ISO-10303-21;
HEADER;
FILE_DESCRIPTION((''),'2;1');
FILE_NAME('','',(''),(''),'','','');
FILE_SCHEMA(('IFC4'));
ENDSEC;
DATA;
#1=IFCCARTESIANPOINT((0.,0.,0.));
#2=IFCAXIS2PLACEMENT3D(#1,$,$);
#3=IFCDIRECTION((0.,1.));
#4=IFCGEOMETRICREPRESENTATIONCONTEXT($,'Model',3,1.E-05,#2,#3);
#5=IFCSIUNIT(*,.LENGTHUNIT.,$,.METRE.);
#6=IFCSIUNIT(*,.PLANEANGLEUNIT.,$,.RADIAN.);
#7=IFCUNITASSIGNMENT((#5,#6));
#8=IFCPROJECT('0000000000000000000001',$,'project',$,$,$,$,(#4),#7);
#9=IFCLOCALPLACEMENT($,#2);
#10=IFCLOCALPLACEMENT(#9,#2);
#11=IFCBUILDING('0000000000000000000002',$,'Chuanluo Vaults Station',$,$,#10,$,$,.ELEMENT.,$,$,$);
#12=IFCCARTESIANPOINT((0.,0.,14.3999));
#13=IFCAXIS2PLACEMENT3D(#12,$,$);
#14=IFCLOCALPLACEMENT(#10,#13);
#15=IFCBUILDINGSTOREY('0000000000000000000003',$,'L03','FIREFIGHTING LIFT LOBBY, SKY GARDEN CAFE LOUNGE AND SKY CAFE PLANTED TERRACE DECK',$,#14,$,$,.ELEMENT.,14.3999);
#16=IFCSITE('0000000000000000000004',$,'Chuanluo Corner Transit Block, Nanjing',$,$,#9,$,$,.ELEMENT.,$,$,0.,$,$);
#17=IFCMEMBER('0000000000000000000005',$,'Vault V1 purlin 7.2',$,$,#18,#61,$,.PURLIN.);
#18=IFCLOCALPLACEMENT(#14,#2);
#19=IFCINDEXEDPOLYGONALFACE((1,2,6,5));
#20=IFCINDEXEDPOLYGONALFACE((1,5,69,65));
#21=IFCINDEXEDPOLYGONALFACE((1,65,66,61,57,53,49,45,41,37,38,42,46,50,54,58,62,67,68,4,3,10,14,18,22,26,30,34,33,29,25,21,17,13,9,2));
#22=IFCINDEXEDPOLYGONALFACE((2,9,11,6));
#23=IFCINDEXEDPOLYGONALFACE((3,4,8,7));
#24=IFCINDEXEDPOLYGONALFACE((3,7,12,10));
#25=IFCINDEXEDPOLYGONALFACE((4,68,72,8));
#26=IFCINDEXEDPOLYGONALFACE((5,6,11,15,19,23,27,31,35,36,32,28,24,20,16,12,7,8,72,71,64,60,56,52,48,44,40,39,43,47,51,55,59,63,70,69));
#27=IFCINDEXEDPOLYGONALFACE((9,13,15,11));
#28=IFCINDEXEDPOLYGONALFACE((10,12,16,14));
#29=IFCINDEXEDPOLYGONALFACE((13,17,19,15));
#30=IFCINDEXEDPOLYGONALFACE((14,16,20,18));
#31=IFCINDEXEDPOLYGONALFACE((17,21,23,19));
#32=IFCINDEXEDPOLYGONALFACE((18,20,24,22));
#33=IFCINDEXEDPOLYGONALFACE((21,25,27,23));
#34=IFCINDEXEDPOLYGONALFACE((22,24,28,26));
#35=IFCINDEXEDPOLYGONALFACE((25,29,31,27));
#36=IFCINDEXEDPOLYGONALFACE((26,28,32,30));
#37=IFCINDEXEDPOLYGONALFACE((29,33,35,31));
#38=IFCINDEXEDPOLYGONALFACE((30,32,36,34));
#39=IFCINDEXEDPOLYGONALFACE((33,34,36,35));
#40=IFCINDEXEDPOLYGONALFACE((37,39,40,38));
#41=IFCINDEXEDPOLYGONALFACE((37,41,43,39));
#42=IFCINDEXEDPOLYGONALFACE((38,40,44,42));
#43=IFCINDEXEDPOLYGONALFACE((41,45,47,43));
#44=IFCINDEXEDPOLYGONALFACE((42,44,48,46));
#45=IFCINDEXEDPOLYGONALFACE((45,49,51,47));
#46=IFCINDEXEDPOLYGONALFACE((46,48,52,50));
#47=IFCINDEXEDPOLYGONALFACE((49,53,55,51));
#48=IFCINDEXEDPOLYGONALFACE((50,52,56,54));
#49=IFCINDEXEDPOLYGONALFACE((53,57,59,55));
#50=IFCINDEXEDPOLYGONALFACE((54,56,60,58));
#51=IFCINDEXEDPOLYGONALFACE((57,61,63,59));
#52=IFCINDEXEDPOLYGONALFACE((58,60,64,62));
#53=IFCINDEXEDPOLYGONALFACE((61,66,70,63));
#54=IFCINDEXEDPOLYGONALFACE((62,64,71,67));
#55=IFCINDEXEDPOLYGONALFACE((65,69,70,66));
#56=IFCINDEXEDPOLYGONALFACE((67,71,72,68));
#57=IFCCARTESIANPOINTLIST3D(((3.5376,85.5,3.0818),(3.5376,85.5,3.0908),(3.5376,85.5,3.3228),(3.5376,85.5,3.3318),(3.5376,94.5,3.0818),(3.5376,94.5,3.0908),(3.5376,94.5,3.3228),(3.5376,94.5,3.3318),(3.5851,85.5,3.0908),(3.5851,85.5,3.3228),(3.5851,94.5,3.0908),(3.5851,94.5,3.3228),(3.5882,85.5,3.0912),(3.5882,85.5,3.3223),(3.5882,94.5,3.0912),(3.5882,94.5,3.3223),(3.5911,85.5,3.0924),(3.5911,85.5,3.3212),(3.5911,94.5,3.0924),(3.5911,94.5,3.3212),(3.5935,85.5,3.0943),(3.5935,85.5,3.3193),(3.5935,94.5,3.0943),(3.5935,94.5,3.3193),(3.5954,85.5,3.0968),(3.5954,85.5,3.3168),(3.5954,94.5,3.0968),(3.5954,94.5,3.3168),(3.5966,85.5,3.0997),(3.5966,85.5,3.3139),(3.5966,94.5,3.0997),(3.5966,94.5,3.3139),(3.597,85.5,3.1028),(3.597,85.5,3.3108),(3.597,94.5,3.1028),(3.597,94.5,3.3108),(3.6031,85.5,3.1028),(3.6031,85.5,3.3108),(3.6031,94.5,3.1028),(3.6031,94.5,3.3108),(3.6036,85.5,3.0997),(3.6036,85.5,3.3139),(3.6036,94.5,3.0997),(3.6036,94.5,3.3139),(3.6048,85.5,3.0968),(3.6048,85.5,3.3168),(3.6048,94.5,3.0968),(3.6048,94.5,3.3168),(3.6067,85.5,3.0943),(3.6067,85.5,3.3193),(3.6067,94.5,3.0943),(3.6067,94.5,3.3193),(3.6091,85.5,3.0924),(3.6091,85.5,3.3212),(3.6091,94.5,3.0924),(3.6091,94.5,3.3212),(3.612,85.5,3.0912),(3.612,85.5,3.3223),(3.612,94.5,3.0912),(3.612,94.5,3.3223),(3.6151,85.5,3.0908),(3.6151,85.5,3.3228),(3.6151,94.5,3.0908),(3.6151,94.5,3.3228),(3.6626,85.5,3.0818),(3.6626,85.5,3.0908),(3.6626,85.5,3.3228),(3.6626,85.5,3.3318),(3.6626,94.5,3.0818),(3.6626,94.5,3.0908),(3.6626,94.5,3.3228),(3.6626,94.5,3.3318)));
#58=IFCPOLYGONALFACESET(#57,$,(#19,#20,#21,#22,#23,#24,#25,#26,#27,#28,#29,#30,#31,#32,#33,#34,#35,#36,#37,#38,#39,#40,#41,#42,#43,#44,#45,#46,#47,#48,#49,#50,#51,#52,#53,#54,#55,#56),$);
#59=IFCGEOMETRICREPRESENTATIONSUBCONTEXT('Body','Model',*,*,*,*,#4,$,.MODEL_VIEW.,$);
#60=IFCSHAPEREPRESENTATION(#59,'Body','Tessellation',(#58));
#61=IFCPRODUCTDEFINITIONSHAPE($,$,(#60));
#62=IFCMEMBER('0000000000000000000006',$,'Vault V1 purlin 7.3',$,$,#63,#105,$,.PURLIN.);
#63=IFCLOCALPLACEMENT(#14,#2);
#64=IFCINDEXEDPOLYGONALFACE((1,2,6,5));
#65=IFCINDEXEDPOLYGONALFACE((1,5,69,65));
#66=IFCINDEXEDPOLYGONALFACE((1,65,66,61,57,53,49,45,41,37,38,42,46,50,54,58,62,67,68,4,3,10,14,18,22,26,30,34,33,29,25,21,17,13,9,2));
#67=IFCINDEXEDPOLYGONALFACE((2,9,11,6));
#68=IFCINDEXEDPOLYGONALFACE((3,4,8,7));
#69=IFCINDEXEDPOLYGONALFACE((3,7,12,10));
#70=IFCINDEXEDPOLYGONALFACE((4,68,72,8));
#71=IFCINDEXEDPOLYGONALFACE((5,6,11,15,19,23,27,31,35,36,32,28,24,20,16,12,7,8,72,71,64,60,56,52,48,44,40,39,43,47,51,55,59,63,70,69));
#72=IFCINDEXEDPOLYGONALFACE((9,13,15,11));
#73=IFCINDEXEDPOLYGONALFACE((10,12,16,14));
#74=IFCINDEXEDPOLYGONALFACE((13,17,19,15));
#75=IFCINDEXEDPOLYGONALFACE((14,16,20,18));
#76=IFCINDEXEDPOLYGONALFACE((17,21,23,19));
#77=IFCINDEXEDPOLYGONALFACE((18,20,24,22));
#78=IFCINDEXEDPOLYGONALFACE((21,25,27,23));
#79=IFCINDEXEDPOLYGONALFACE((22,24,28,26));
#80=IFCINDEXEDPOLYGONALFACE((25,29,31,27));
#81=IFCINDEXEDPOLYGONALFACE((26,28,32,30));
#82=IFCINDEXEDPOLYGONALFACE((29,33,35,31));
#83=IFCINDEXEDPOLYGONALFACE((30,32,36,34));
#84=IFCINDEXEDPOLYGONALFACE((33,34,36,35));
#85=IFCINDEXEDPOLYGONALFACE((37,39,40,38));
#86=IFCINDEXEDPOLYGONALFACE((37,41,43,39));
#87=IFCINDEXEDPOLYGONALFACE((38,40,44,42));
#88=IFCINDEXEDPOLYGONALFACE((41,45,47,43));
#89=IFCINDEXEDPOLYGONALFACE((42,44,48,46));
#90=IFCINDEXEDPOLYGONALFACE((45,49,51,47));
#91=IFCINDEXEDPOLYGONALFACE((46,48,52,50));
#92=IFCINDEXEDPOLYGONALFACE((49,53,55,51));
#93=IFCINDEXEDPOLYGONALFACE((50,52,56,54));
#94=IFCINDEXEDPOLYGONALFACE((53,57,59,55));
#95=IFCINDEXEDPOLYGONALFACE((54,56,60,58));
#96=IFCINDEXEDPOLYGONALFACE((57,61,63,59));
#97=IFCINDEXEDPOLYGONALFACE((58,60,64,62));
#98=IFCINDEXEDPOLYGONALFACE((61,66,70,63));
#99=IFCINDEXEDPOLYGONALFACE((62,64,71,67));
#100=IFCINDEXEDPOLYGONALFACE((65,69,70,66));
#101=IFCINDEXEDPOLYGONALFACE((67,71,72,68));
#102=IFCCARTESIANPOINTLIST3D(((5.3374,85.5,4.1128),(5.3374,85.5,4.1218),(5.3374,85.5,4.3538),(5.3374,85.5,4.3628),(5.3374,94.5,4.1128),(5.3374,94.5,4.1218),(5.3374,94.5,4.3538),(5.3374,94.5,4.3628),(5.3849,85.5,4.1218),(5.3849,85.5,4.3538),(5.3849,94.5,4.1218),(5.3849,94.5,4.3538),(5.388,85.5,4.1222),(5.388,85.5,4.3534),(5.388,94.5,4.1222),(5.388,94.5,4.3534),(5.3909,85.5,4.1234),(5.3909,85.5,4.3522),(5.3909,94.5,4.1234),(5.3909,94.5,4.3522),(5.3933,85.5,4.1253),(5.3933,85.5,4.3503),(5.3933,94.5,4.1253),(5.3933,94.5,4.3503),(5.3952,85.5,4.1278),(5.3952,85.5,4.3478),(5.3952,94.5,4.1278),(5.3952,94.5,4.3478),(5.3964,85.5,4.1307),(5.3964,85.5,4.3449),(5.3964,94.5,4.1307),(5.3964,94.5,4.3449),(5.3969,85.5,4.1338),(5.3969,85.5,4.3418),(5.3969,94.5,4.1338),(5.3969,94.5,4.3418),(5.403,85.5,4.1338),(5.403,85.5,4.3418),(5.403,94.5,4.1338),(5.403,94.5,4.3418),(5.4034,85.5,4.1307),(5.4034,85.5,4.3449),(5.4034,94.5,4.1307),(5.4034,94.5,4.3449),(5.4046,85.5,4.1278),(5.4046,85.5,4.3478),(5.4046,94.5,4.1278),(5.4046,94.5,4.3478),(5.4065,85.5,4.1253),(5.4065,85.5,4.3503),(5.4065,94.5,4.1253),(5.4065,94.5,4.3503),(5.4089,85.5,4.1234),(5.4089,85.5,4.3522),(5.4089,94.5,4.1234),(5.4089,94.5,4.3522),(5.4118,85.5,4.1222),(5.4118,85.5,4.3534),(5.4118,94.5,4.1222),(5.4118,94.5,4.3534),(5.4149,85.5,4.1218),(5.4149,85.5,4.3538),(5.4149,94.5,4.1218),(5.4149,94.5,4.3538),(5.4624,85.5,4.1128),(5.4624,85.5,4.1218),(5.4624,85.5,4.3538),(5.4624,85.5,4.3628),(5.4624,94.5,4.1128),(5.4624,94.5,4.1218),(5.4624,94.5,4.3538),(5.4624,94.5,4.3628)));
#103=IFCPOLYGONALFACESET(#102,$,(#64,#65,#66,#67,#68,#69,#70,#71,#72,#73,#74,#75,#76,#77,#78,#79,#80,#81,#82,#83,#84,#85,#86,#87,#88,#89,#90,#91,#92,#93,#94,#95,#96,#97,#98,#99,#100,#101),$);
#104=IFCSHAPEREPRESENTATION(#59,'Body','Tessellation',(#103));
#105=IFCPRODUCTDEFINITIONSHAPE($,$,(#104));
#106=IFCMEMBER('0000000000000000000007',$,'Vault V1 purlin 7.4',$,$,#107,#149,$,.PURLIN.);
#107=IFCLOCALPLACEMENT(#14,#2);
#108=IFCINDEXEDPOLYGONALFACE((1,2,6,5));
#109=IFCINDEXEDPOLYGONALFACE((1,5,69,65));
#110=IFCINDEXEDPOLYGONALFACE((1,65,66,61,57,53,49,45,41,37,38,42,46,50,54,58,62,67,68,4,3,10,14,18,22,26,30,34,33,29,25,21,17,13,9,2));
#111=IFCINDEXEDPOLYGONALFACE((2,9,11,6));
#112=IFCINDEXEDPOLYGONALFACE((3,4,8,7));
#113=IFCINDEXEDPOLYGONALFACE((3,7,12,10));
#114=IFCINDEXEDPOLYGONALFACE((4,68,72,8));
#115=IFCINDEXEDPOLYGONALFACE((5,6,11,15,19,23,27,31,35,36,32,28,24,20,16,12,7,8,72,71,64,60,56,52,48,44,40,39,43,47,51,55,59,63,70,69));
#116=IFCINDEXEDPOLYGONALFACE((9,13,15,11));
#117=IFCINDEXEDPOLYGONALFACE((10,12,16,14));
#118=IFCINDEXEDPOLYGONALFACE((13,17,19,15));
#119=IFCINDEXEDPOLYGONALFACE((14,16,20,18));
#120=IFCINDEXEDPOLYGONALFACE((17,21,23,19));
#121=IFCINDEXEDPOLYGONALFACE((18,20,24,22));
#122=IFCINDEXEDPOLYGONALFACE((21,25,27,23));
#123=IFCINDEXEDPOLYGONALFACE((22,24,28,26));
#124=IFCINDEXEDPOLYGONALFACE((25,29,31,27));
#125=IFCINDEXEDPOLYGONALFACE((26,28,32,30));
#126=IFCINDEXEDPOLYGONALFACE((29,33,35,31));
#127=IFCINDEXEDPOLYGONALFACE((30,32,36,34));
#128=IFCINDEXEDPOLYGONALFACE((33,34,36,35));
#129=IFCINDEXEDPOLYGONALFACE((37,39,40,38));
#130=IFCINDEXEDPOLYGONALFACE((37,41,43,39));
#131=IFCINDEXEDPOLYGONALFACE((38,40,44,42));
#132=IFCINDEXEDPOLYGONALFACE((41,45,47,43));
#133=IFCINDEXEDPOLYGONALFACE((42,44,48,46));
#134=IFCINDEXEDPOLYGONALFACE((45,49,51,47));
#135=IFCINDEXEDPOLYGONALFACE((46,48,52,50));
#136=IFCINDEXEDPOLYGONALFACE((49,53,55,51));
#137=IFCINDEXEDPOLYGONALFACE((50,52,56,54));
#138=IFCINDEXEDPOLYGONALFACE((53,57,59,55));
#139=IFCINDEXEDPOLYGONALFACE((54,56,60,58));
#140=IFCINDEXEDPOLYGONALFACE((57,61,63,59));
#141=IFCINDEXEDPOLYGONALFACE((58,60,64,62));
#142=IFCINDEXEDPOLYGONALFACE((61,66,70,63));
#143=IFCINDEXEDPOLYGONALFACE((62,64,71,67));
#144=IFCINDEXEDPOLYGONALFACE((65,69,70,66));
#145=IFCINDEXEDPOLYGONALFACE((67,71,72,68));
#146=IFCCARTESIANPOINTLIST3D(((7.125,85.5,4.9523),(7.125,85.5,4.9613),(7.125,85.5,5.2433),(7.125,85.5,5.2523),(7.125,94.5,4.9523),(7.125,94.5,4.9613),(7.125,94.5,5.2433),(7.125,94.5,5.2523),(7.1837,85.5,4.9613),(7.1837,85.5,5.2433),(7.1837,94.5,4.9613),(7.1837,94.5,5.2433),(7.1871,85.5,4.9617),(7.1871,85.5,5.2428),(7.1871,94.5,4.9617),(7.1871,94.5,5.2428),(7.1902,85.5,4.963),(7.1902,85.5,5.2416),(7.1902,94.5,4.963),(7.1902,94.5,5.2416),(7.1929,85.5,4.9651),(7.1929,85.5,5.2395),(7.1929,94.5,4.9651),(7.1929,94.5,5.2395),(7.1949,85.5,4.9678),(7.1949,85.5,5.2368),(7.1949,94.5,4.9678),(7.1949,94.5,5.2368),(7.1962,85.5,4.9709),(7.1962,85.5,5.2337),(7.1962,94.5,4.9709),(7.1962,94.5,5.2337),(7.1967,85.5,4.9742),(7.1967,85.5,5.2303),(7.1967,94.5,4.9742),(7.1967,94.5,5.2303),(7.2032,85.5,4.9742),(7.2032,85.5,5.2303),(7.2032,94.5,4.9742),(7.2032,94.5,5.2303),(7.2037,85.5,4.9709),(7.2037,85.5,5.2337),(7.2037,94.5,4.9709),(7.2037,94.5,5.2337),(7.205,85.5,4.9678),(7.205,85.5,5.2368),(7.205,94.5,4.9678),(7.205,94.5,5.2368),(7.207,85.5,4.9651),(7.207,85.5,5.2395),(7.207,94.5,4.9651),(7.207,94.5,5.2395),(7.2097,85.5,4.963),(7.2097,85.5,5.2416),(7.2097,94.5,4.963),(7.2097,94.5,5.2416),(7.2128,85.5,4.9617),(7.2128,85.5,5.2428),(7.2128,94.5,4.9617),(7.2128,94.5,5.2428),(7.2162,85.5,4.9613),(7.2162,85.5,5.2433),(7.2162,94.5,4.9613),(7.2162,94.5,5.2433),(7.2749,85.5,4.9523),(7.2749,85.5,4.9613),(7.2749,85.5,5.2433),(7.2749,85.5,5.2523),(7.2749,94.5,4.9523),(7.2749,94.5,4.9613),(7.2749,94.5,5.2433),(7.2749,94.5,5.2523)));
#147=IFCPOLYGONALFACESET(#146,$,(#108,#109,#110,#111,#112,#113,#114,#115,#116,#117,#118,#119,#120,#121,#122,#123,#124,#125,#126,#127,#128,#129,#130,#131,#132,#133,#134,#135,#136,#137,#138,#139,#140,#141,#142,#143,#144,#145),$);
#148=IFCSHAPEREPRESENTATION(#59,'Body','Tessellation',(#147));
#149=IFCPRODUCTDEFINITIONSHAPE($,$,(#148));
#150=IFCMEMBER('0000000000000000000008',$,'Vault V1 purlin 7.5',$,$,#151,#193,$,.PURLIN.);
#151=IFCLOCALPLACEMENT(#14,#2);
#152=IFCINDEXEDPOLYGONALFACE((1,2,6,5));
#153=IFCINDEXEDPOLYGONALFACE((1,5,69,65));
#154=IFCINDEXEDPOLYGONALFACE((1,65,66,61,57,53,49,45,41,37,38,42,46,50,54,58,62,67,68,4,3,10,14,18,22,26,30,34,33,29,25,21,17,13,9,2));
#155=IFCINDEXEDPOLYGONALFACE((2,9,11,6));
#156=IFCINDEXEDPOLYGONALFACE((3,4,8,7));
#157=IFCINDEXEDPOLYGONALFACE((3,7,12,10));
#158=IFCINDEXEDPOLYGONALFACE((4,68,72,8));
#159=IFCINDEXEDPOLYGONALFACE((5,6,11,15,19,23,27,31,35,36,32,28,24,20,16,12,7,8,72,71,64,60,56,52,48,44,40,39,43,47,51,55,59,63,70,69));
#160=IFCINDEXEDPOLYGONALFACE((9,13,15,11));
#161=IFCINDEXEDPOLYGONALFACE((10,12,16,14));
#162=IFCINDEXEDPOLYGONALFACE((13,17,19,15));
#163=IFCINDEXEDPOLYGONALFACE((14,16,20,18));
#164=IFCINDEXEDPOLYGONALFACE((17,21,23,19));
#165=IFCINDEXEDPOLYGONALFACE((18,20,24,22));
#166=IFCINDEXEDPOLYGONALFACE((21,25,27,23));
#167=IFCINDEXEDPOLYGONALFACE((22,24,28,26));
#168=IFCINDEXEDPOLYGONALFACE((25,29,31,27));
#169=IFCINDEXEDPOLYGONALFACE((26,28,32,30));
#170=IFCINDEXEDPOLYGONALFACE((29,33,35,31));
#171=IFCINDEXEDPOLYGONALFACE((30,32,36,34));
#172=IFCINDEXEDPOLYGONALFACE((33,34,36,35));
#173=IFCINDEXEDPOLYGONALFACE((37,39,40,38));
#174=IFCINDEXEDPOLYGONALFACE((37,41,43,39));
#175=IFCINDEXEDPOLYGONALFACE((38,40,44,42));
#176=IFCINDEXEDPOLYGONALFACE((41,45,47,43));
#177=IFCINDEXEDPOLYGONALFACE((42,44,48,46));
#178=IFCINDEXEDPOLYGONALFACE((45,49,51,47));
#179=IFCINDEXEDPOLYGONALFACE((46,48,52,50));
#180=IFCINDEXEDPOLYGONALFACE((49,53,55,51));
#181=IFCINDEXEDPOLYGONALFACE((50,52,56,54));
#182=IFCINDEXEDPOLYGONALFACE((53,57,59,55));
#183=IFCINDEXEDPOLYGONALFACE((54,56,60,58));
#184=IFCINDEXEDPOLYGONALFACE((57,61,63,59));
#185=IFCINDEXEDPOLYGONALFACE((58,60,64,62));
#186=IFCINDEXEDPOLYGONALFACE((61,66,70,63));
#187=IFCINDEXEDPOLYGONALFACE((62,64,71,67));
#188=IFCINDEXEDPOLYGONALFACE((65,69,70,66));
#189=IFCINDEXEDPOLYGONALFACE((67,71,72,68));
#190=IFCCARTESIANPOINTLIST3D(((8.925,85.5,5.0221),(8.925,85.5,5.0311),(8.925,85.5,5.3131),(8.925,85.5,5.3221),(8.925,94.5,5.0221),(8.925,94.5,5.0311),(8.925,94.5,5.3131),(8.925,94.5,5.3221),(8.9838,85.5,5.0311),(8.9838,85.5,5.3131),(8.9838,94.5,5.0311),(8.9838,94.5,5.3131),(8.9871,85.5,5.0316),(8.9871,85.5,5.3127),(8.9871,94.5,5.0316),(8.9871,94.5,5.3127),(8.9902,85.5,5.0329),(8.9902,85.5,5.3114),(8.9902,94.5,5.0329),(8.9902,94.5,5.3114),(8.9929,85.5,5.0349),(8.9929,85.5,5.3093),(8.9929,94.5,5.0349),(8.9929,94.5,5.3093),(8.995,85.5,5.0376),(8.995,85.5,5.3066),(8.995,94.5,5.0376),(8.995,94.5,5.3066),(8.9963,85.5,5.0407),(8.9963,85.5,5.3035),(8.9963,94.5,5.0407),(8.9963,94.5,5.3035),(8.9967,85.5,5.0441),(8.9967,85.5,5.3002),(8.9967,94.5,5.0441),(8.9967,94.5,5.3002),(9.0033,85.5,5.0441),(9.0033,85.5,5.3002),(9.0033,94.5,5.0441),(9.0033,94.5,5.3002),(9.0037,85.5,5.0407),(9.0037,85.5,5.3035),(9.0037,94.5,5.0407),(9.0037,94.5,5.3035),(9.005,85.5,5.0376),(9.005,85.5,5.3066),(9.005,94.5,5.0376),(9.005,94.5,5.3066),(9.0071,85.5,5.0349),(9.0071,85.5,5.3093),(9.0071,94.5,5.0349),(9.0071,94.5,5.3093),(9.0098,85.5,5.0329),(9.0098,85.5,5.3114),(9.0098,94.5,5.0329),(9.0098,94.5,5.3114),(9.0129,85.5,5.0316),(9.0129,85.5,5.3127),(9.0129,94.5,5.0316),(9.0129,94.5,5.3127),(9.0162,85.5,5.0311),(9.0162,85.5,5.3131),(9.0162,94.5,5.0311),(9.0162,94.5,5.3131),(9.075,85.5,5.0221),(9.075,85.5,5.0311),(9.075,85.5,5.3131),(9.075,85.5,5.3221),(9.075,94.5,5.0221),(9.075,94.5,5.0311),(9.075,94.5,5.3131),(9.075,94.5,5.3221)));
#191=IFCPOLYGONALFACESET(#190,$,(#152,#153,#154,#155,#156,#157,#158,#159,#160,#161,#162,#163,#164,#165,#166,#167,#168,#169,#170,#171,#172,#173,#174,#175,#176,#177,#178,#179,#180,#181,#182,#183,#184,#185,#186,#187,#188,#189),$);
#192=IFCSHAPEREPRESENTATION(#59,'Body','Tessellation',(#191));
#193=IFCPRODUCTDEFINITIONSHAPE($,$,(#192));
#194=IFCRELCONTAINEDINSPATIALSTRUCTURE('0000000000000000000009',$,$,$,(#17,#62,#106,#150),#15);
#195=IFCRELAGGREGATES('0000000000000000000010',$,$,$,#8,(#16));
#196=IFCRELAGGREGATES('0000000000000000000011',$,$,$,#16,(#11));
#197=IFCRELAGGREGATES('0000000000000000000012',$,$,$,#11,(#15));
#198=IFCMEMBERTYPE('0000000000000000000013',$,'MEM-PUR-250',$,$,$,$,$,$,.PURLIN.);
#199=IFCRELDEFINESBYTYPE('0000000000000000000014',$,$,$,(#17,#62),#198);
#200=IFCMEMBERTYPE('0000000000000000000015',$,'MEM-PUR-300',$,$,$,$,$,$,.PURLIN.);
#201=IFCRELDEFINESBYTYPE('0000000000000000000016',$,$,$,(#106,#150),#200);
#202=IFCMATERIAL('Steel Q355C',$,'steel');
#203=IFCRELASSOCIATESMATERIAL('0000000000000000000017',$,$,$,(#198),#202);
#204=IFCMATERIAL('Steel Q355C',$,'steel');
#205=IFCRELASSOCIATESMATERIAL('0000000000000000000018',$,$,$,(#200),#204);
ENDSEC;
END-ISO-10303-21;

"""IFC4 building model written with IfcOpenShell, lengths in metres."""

from ifc_helpers import new_model, si_unit, direction, frame, origin, origin_2d, place, context, subcontext, project, spatial, i_section, extrude, material, material_profile, profile_set, type_object, element, save


model = new_model("IFC4")

# Units and contexts
model_context = context("Model", 3, precision=1e-05, world=origin(), true_north=direction((0.0, 1.0)))
body_context = subcontext(model_context, "Body", "Model", "MODEL_VIEW")
ifc_project = project(units=[si_unit("LENGTHUNIT", "METRE"), si_unit("PLANEANGLEUNIT", "RADIAN")], contexts=[model_context])

# Site, building, storey
site_placement = place(None, origin())
site = spatial("IfcSite", under=ifc_project, at=site_placement, Name="Chuanluo Corner Transit Block, Nanjing", CompositionType="ELEMENT", RefElevation=0.0)
building_placement = place(site_placement, origin())
building = spatial("IfcBuilding", under=site, at=building_placement, Name="Chuanluo Vaults Station", CompositionType="ELEMENT")
storey_placement = place(building_placement, frame((0.0, 0.0, 14.3999)))
storey = spatial("IfcBuildingStorey", under=building, at=storey_placement, Name="L03", Description="FIREFIGHTING LIFT LOBBY, SKY GARDEN CAFE LOUNGE AND SKY CAFE PLANTED TERRACE DECK", CompositionType="ELEMENT", Elevation=14.3999)

# Members
ifc_material_1 = material(Name="Steel Q355C", Category="steel")
ifc_material_profile_1 = material_profile(ifc_material_1, i_section(OverallWidth=0.125, OverallDepth=0.25, WebThickness=0.0061, FlangeThickness=0.009, FilletRadius=0.012, at=origin_2d()))
ifc_profile_set_1 = profile_set([ifc_material_profile_1], Name="Steel Q355C")
member_type_1 = type_object("IfcMemberType", Name="MEM-PUR-250", PredefinedType="PURLIN", material=ifc_profile_set_1)
for number, where, z_axis, x_axis, name in (
    (1, (3.6001, 85.5, 3.2068), (0.0, 1.0, 0.0), (-1.0, 0.0, 0.0), "Vault V1 purlin 7.2"),
    (2, (5.3999, 85.5, 4.2378), (0.0, 1.0, 0.0), (-1.0, 0.0, 0.0), "Vault V1 purlin 7.3"),
):
    element("IfcMember", number, at=place(storey_placement, frame(where, z_axis=z_axis, x_axis=x_axis)), inside=storey, type_object=member_type_1, Name=name, PredefinedType="PURLIN", context=body_context, shape_type="SweptSolid", body=[
        extrude(i_section(OverallWidth=0.125, OverallDepth=0.25, WebThickness=0.0061, FlangeThickness=0.009, FilletRadius=0.012, at=origin_2d()), origin(), (0.0, 0.0, 1.0), 9.0),
    ])
ifc_material_2 = material(Name="Steel Q355C", Category="steel")
ifc_material_profile_2 = material_profile(ifc_material_2, i_section(OverallWidth=0.1499, OverallDepth=0.3, WebThickness=0.0066, FlangeThickness=0.009, FilletRadius=0.0129, at=origin_2d()))
ifc_profile_set_2 = profile_set([ifc_material_profile_2], Name="Steel Q355C")
member_type_2 = type_object("IfcMemberType", Name="MEM-PUR-300", PredefinedType="PURLIN", material=ifc_profile_set_2)
for number, where, z_axis, x_axis, name in (
    (3, (7.2, 85.5, 5.1023), (0.0, 1.0, 0.0), (-1.0, 0.0, 0.0), "Vault V1 purlin 7.4"),
    (4, (9.0, 85.5, 5.1721), (0.0, 1.0, 0.0), (-1.0, 0.0, 0.0), "Vault V1 purlin 7.5"),
):
    element("IfcMember", number, at=place(storey_placement, frame(where, z_axis=z_axis, x_axis=x_axis)), inside=storey, type_object=member_type_2, Name=name, PredefinedType="PURLIN", context=body_context, shape_type="SweptSolid", body=[
        extrude(i_section(OverallWidth=0.1499, OverallDepth=0.3, WebThickness=0.0066, FlangeThickness=0.009, FilletRadius=0.0129, at=origin_2d()), origin(), (0.0, 0.0, 1.0), 9.0),
    ])

save(model, "model.ifc")
